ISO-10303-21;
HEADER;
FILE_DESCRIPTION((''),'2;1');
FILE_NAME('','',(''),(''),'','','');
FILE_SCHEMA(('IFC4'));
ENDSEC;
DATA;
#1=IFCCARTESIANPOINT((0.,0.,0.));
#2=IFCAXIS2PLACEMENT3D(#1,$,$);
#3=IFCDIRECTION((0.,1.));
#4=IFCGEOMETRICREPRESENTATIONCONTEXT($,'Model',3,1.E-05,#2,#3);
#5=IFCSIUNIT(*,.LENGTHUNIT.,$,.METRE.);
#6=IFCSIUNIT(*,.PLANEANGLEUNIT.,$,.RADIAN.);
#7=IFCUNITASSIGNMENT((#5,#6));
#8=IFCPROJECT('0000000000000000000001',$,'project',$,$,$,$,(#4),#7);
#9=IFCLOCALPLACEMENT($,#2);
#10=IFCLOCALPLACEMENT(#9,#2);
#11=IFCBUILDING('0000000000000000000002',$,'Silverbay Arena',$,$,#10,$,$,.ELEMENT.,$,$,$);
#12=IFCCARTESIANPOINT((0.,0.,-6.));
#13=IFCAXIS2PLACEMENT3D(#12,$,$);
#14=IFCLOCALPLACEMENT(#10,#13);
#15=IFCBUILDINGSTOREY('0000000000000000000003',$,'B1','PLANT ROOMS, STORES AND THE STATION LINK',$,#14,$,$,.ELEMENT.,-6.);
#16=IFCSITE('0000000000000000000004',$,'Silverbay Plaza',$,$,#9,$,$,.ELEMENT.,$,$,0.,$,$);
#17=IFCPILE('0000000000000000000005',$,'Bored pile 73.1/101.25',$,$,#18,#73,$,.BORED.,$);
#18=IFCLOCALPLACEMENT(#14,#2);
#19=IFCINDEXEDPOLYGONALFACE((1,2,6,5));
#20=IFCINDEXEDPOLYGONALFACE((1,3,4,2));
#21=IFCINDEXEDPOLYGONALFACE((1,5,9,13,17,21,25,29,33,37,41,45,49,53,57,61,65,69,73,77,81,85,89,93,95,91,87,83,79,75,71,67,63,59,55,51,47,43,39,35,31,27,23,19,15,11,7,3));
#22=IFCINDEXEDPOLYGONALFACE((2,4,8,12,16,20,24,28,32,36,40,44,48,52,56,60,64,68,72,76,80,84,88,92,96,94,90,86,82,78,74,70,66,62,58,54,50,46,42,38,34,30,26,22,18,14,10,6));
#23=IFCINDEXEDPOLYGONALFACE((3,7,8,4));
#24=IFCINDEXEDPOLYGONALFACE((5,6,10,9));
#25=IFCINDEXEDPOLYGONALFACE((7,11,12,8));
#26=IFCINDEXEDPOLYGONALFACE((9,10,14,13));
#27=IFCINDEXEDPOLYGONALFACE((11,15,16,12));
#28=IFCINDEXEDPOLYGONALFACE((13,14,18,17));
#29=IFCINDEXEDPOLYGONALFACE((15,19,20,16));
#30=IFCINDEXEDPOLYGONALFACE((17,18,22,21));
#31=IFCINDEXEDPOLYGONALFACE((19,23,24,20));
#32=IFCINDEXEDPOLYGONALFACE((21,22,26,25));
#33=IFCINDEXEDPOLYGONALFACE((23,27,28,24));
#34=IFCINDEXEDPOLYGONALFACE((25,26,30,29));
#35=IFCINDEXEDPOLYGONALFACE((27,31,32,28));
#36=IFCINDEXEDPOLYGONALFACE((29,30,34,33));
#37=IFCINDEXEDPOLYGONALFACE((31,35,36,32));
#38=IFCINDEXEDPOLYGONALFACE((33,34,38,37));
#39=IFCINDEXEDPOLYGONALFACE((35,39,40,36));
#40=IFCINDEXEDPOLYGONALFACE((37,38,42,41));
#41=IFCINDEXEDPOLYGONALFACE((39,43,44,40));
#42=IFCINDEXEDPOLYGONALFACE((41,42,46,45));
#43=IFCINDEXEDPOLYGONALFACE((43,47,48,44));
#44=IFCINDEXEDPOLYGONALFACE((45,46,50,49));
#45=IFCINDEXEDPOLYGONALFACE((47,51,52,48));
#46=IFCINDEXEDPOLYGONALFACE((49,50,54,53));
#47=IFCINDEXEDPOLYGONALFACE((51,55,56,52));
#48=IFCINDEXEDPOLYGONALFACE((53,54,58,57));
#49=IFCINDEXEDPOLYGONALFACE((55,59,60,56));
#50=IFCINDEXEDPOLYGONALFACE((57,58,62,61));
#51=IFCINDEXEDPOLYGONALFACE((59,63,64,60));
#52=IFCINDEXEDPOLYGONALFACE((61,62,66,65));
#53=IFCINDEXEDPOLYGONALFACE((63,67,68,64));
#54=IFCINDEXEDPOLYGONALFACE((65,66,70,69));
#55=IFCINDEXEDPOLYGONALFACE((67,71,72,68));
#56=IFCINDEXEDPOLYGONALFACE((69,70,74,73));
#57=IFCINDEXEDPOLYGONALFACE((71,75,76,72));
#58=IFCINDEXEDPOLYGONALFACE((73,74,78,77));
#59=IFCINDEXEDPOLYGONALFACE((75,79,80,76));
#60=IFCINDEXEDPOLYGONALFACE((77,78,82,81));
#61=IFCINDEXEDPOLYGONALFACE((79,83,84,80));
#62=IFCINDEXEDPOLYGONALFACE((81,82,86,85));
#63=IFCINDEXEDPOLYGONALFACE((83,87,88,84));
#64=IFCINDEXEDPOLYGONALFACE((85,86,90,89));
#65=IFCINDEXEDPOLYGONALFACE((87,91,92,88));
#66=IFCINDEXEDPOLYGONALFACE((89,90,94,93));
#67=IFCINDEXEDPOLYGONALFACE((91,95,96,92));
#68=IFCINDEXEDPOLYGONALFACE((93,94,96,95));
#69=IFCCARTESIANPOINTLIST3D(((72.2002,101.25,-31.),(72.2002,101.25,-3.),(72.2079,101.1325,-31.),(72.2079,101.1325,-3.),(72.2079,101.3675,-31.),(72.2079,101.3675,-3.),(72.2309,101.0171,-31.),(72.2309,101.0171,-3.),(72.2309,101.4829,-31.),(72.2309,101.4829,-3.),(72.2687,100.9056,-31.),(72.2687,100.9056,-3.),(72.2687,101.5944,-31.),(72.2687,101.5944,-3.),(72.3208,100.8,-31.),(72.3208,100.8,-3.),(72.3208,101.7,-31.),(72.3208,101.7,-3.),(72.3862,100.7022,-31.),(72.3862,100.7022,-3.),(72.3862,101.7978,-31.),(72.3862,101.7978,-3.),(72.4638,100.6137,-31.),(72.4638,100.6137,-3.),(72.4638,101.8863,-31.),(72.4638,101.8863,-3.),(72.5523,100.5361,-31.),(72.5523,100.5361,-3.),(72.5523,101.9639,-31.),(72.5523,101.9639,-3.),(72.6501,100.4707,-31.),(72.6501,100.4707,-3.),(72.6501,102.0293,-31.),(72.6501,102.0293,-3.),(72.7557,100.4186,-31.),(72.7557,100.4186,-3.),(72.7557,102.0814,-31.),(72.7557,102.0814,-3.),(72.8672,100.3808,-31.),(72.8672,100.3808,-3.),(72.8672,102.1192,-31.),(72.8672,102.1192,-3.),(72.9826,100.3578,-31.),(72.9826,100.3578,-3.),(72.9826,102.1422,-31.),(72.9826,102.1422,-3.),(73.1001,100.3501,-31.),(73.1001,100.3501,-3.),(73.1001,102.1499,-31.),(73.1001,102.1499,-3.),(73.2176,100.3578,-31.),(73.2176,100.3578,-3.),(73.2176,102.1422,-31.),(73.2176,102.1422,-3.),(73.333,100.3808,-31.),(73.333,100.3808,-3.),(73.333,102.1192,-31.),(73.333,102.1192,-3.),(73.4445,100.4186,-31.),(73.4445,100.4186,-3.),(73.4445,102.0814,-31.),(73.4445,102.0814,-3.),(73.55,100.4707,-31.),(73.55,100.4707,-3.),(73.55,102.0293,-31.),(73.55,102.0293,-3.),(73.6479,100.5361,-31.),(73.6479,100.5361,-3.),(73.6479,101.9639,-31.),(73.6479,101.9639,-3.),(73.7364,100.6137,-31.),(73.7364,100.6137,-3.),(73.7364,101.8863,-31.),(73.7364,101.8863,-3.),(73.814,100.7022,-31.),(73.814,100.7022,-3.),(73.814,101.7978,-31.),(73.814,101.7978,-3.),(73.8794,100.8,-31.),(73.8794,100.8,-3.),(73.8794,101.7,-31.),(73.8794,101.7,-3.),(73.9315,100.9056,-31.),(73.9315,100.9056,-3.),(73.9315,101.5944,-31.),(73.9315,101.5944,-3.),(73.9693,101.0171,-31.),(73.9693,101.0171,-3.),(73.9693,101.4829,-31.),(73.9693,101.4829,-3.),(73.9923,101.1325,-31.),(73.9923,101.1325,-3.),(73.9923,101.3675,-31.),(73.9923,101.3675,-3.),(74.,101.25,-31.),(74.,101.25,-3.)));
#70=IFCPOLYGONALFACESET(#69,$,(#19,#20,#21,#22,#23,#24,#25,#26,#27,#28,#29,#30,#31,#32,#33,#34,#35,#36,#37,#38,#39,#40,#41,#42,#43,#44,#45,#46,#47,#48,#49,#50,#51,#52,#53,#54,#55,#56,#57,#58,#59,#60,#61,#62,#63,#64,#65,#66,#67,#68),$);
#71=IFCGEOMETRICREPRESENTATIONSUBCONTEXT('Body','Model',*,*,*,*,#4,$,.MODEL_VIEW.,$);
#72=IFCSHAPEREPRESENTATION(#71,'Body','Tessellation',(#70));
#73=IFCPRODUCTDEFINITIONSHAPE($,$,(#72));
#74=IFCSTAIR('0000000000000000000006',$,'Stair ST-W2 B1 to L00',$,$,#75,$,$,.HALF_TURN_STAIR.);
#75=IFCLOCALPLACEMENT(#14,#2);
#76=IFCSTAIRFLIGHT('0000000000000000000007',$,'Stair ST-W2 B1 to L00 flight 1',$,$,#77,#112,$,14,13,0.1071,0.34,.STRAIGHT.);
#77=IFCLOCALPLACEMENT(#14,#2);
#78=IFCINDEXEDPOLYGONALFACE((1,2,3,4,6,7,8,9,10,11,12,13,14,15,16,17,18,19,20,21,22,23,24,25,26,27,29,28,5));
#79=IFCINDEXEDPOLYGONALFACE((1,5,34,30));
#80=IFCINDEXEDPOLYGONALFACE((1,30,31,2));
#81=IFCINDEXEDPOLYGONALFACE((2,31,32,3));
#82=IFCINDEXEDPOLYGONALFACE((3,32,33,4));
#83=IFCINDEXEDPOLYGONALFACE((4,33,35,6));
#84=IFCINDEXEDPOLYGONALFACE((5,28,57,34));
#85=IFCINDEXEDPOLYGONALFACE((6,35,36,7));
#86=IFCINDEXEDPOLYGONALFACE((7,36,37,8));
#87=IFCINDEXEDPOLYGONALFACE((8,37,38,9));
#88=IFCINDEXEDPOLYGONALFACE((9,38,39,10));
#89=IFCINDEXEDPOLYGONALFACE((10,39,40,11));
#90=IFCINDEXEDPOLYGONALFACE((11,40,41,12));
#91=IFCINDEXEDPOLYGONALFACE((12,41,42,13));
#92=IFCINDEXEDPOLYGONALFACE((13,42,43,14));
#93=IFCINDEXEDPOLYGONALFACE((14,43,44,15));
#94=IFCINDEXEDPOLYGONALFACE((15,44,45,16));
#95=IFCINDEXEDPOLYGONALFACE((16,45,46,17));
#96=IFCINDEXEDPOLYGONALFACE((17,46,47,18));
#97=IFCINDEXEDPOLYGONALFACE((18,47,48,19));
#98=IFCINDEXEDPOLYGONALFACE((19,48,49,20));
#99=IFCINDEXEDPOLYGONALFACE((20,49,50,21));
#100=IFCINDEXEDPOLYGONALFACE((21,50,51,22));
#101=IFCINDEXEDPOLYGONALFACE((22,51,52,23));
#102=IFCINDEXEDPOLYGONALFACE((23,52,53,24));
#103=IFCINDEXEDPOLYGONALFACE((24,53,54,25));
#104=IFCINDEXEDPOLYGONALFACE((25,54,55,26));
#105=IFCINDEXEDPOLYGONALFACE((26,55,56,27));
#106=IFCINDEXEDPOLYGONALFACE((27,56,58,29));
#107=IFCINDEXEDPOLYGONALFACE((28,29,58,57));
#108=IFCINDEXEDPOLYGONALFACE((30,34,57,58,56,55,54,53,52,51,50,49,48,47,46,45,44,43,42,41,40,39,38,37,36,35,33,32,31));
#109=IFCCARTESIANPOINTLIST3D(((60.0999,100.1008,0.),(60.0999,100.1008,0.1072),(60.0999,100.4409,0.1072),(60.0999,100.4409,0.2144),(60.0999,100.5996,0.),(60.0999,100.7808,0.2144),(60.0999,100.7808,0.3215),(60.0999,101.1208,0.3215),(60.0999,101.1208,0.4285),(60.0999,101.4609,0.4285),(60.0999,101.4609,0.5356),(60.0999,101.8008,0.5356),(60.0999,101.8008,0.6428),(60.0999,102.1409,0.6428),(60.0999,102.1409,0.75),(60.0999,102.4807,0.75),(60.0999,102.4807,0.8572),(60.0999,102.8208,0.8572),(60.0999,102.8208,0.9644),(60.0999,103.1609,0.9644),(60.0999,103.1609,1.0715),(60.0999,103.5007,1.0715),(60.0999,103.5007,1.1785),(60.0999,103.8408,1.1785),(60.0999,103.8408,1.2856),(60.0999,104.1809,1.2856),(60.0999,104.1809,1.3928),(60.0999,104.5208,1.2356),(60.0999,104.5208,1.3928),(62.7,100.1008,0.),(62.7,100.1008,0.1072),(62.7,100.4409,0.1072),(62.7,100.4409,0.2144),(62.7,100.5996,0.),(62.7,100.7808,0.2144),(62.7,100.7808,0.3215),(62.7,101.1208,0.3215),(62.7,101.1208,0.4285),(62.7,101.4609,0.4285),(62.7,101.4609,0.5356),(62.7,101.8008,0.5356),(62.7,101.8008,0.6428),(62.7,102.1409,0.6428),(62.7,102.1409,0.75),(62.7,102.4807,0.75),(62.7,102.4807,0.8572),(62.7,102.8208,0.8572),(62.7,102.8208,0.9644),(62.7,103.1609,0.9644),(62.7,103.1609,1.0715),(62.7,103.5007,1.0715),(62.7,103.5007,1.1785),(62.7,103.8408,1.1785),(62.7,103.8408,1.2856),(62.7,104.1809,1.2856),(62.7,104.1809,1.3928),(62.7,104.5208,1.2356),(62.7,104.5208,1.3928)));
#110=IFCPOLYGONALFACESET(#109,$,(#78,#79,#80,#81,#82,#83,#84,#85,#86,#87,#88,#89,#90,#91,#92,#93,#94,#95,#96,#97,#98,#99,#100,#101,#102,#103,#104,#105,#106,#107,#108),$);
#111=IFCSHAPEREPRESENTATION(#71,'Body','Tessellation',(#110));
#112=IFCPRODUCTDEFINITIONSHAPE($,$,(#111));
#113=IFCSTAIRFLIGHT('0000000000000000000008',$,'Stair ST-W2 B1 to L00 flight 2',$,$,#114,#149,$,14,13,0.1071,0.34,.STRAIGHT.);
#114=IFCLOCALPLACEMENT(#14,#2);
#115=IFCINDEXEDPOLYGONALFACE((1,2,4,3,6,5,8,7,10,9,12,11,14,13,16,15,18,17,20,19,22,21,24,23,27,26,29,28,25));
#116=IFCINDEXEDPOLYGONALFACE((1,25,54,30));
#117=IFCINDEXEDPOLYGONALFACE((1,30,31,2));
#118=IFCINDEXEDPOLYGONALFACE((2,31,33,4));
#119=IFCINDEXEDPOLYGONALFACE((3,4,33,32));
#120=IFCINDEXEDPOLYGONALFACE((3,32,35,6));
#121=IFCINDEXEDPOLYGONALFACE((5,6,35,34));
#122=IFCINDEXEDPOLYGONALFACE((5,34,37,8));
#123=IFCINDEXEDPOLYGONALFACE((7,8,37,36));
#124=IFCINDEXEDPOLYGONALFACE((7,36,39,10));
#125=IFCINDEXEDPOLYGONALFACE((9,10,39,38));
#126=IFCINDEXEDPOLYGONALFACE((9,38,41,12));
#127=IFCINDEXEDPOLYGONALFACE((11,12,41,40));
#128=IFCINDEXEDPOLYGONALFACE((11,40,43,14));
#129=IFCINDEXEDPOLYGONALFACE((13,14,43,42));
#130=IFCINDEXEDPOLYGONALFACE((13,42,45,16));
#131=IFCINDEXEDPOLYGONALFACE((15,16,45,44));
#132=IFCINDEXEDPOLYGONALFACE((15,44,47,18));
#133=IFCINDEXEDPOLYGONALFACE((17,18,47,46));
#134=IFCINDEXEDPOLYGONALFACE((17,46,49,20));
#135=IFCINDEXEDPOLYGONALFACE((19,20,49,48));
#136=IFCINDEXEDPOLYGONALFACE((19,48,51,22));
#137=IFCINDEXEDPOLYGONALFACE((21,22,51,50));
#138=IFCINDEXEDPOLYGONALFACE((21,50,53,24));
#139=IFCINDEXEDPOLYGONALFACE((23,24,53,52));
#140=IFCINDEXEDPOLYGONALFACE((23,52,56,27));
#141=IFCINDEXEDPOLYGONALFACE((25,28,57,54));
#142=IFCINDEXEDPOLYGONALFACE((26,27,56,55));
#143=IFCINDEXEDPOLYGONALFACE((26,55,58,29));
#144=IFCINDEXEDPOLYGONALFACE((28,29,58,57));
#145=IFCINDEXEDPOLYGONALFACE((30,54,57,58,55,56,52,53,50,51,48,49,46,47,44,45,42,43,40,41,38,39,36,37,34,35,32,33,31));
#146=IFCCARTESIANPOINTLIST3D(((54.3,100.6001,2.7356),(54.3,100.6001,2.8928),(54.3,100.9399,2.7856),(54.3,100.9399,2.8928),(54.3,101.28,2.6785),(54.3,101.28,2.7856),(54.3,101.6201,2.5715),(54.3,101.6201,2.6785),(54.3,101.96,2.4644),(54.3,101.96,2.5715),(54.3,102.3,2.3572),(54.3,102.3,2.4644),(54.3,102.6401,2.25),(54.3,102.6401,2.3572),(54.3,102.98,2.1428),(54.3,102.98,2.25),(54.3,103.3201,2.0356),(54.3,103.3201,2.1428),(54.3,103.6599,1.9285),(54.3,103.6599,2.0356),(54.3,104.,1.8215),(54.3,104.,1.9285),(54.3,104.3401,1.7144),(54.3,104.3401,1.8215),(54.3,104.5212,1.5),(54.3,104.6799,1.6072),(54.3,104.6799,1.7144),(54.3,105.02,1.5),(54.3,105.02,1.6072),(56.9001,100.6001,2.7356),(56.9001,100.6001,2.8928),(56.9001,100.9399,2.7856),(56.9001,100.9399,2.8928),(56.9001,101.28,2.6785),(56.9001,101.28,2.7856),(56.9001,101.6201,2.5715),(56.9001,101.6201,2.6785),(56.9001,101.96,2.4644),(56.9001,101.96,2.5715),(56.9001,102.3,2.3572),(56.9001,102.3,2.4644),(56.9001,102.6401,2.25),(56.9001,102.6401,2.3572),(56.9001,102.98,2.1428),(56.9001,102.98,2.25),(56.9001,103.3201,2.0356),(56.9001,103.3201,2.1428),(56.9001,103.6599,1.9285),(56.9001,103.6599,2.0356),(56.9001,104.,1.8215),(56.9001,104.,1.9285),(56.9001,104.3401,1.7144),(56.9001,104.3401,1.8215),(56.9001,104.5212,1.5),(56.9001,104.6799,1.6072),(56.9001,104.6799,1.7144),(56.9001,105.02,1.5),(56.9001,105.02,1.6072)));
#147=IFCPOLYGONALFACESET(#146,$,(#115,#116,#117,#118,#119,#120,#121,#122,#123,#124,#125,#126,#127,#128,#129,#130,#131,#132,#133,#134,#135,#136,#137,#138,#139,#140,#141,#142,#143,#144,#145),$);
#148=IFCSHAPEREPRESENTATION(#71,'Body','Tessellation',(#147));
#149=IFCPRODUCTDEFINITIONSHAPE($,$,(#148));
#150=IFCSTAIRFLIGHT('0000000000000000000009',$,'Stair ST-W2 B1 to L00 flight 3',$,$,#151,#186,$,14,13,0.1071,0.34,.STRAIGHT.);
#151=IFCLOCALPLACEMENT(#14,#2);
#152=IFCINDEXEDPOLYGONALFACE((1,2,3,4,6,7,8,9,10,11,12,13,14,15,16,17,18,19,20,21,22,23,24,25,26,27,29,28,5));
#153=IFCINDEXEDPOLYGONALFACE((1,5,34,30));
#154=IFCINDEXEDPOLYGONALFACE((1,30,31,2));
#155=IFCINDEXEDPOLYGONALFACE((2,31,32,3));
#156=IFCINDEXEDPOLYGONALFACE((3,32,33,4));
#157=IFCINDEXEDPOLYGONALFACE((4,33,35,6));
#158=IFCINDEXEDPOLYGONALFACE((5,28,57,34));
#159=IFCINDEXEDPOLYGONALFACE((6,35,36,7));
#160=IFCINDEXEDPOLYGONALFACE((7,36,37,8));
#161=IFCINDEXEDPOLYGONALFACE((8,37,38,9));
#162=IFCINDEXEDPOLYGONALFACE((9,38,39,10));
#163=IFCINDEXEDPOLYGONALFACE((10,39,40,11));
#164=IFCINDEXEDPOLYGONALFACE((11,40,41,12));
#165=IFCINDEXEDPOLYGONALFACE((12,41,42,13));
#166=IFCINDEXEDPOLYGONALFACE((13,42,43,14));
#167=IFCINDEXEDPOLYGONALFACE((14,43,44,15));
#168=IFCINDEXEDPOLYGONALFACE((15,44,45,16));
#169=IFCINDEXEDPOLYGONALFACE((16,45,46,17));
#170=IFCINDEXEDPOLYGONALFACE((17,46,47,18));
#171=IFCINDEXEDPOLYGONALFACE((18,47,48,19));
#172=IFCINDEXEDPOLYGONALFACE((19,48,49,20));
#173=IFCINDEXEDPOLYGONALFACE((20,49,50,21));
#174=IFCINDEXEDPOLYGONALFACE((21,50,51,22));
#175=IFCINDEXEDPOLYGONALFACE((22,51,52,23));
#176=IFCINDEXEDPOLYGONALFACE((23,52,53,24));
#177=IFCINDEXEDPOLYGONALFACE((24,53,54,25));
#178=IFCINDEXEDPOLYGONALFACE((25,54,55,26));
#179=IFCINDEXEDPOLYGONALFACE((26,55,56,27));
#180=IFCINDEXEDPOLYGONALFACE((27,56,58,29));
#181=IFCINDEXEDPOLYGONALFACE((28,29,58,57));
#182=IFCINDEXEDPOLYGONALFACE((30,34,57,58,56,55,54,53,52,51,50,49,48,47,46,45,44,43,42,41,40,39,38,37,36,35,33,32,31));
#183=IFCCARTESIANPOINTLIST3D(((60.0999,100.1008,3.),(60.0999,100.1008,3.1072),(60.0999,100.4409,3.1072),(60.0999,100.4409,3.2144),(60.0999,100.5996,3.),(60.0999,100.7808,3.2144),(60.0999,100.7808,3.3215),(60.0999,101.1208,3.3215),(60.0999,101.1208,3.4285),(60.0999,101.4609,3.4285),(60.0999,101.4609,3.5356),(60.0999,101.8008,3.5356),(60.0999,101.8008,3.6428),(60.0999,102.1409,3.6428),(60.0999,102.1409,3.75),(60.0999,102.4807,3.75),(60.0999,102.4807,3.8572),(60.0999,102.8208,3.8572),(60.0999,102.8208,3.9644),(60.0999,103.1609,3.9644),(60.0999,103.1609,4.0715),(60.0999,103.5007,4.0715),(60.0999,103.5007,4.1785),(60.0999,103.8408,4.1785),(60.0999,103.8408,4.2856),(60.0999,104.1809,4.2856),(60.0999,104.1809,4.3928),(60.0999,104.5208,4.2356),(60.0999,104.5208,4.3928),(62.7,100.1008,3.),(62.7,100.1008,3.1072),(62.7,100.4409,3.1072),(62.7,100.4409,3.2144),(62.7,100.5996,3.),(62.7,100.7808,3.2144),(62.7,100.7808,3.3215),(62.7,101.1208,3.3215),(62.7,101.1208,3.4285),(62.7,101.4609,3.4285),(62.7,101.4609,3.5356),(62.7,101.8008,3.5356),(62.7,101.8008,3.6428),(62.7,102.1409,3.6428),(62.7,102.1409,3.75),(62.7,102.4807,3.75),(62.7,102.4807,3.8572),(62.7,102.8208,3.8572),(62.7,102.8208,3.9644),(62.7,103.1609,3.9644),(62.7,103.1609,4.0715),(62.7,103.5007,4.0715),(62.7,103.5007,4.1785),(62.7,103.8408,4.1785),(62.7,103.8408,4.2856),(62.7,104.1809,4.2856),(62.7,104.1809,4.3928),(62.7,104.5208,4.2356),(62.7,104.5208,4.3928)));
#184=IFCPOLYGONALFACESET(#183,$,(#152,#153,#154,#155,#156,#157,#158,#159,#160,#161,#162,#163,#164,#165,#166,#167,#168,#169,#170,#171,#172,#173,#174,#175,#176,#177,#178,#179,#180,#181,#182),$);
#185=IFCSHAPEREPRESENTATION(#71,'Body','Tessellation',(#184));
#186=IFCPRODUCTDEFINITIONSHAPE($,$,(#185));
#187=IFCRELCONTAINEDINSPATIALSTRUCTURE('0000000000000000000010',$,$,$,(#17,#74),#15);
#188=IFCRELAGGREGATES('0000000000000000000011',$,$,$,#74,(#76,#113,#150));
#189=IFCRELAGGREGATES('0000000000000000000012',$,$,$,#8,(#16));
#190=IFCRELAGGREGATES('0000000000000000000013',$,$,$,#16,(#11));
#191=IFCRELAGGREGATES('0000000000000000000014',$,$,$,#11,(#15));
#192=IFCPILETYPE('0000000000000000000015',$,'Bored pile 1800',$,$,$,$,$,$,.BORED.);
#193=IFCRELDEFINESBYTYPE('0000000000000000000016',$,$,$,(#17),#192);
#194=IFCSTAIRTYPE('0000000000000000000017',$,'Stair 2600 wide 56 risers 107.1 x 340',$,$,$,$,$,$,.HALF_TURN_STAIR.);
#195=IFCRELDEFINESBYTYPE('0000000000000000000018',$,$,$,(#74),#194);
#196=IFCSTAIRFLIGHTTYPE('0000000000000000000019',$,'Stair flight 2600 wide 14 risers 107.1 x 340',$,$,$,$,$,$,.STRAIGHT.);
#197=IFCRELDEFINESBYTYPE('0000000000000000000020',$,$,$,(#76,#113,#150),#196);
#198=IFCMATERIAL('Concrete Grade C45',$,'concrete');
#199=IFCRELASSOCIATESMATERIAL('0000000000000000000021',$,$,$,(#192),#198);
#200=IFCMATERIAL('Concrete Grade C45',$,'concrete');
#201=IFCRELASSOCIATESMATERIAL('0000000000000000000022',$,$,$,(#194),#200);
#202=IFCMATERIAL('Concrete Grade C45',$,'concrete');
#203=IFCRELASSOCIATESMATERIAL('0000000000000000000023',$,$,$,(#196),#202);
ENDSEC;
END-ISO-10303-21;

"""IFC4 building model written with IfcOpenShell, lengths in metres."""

from ifc_helpers import new_model, si_unit, direction, frame, origin, origin_2d, place, context, subcontext, project, spatial, polyline, circle, outline, extrude, material, material_profile, profile_set, type_object, element, aggregate, save


model = new_model("IFC4")

# Units and contexts
model_context = context("Model", 3, precision=1e-05, world=origin(), true_north=direction((0.0, 1.0)))
body_context = subcontext(model_context, "Body", "Model", "MODEL_VIEW")
ifc_project = project(units=[si_unit("LENGTHUNIT", "METRE"), si_unit("PLANEANGLEUNIT", "RADIAN")], contexts=[model_context])

# Site, building, storey
site_placement = place(None, origin())
site = spatial("IfcSite", under=ifc_project, at=site_placement, Name="Silverbay Plaza", CompositionType="ELEMENT", RefElevation=0.0)
building_placement = place(site_placement, origin())
building = spatial("IfcBuilding", under=site, at=building_placement, Name="Silverbay Arena", CompositionType="ELEMENT")
storey_placement = place(building_placement, frame((0.0, 0.0, -6.0)))
storey = spatial("IfcBuildingStorey", under=building, at=storey_placement, Name="B1", Description="PLANT ROOMS, STORES AND THE STATION LINK", CompositionType="ELEMENT", Elevation=-6.0)

# Pile
ifc_material_1 = material(Name="Concrete Grade C45", Category="concrete")
ifc_material_profile = material_profile(ifc_material_1, circle(Radius=0.8999, at=origin_2d()), Name="Bored pile 1800")
ifc_profile_set = profile_set([ifc_material_profile], Name="Concrete Grade C45")
pile_type = type_object("IfcPileType", Name="Bored pile 1800", PredefinedType="BORED", material=ifc_profile_set)
for number, where, z_axis, x_axis, name in (
    (1, (73.1001, 101.25, -3.0), (0.0, 0.0, -1.0), (1.0, 0.0, 0.0), "Bored pile 73.1/101.25"),
):
    element("IfcPile", number, at=place(storey_placement, frame(where, z_axis=z_axis, x_axis=x_axis)), inside=storey, type_object=pile_type, Name=name, PredefinedType="BORED", context=body_context, shape_type="SweptSolid", body=[
        extrude(circle(Radius=0.8999, at=origin_2d()), origin(), (0.0, 0.0, 1.0), 28.0),
    ])

# Stair, stair flights
ifc_material_2 = material(Name="Concrete Grade C45", Category="concrete")
stair_type = type_object("IfcStairType", Name="Stair 2600 wide 56 risers 107.1 x 340", PredefinedType="HALF_TURN_STAIR", material=ifc_material_2)
stair_placement = place(storey_placement, origin())
stair = element("IfcStair", 2, at=stair_placement, inside=storey, type_object=stair_type, Name="Stair ST-W2 B1 to L00", PredefinedType="HALF_TURN_STAIR")
ifc_material_3 = material(Name="Concrete Grade C45", Category="concrete")
stair_flight_type = type_object("IfcStairFlightType", Name="Stair flight 2600 wide 14 risers 107.1 x 340", PredefinedType="STRAIGHT", material=ifc_material_3)
stair_flight_1_placement = place(storey_placement, frame((61.3999, 100.1008, 0.0), z_axis=(0.0, 0.0, 1.0), x_axis=(0.0, 1.0, 0.0)))
stair_flight_1 = element("IfcStairFlight", 3, at=stair_flight_1_placement, type_object=stair_flight_type, Name="Stair ST-W2 B1 to L00 flight 1", NumberOfRisers=14, NumberOfTreads=13, PredefinedType="STRAIGHT", RiserHeight=0.1071, TreadLength=0.34, context=body_context, shape_type="SweptSolid", body=[
    extrude(outline(polyline([(0.0, 0.0), (0.0, 0.1072), (0.3401, 0.1072), (0.3401, 0.2144), (0.6799, 0.2144), (0.6799, 0.3215), (1.02, 0.3215), (1.02, 0.4285), (1.3601, 0.4285), (1.3601, 0.5356), (1.7, 0.5356), (1.7, 0.6428), (2.04, 0.6428), (2.04, 0.75), (2.3799, 0.75), (2.3799, 0.8572), (2.72, 0.8572), (2.72, 0.9644), (3.0601, 0.9644), (3.0601, 1.0715), (3.3999, 1.0715), (3.3999, 1.1785), (3.74, 1.1785), (3.74, 1.2856), (4.0801, 1.2856), (4.0801, 1.3928), (4.4199, 1.3928), (4.4199, 1.2356), (0.4988, 0.0), (0.0, 0.0)])), frame((0.0, 1.3, 0.0), z_axis=(0.0, -1.0, 0.0), x_axis=(1.0, 0.0, 0.0)), (0.0, 0.0, 1.0), 2.6001),
])
stair_flight_2_placement = place(storey_placement, frame((55.6001, 105.02, 1.5), z_axis=(0.0, 0.0, 1.0), x_axis=(0.0, -1.0, 0.0)))
stair_flight_2 = element("IfcStairFlight", 4, at=stair_flight_2_placement, type_object=stair_flight_type, Name="Stair ST-W2 B1 to L00 flight 2", NumberOfRisers=14, NumberOfTreads=13, PredefinedType="STRAIGHT", RiserHeight=0.1071, TreadLength=0.34, context=body_context, shape_type="SweptSolid", body=[
    extrude(outline(polyline([(0.0, 0.0), (0.0, 0.1072), (0.3401, 0.1072), (0.3401, 0.2144), (0.6799, 0.2144), (0.6799, 0.3215), (1.02, 0.3215), (1.02, 0.4285), (1.3601, 0.4285), (1.3601, 0.5356), (1.7, 0.5356), (1.7, 0.6428), (2.04, 0.6428), (2.04, 0.75), (2.3799, 0.75), (2.3799, 0.8572), (2.72, 0.8572), (2.72, 0.9644), (3.0601, 0.9644), (3.0601, 1.0715), (3.3999, 1.0715), (3.3999, 1.1785), (3.74, 1.1785), (3.74, 1.2856), (4.0801, 1.2856), (4.0801, 1.3928), (4.4199, 1.3928), (4.4199, 1.2356), (0.4988, 0.0), (0.0, 0.0)])), frame((0.0, 1.3, 0.0), z_axis=(0.0, -1.0, 0.0), x_axis=(1.0, 0.0, 0.0)), (0.0, 0.0, 1.0), 2.6001),
])
stair_flight_3_placement = place(storey_placement, frame((61.3999, 100.1008, 3.0), z_axis=(0.0, 0.0, 1.0), x_axis=(0.0, 1.0, 0.0)))
stair_flight_3 = element("IfcStairFlight", 5, at=stair_flight_3_placement, type_object=stair_flight_type, Name="Stair ST-W2 B1 to L00 flight 3", NumberOfRisers=14, NumberOfTreads=13, PredefinedType="STRAIGHT", RiserHeight=0.1071, TreadLength=0.34, context=body_context, shape_type="SweptSolid", body=[
    extrude(outline(polyline([(0.0, 0.0), (0.0, 0.1072), (0.3401, 0.1072), (0.3401, 0.2144), (0.6799, 0.2144), (0.6799, 0.3215), (1.02, 0.3215), (1.02, 0.4285), (1.3601, 0.4285), (1.3601, 0.5356), (1.7, 0.5356), (1.7, 0.6428), (2.04, 0.6428), (2.04, 0.75), (2.3799, 0.75), (2.3799, 0.8572), (2.72, 0.8572), (2.72, 0.9644), (3.0601, 0.9644), (3.0601, 1.0715), (3.3999, 1.0715), (3.3999, 1.1785), (3.74, 1.1785), (3.74, 1.2856), (4.0801, 1.2856), (4.0801, 1.3928), (4.4199, 1.3928), (4.4199, 1.2356), (0.4988, 0.0), (0.0, 0.0)])), frame((0.0, 1.3, 0.0), z_axis=(0.0, -1.0, 0.0), x_axis=(1.0, 0.0, 0.0)), (0.0, 0.0, 1.0), 2.6001),
])
aggregate(stair, [stair_flight_1, stair_flight_2, stair_flight_3])

save(model, "model.ifc")
